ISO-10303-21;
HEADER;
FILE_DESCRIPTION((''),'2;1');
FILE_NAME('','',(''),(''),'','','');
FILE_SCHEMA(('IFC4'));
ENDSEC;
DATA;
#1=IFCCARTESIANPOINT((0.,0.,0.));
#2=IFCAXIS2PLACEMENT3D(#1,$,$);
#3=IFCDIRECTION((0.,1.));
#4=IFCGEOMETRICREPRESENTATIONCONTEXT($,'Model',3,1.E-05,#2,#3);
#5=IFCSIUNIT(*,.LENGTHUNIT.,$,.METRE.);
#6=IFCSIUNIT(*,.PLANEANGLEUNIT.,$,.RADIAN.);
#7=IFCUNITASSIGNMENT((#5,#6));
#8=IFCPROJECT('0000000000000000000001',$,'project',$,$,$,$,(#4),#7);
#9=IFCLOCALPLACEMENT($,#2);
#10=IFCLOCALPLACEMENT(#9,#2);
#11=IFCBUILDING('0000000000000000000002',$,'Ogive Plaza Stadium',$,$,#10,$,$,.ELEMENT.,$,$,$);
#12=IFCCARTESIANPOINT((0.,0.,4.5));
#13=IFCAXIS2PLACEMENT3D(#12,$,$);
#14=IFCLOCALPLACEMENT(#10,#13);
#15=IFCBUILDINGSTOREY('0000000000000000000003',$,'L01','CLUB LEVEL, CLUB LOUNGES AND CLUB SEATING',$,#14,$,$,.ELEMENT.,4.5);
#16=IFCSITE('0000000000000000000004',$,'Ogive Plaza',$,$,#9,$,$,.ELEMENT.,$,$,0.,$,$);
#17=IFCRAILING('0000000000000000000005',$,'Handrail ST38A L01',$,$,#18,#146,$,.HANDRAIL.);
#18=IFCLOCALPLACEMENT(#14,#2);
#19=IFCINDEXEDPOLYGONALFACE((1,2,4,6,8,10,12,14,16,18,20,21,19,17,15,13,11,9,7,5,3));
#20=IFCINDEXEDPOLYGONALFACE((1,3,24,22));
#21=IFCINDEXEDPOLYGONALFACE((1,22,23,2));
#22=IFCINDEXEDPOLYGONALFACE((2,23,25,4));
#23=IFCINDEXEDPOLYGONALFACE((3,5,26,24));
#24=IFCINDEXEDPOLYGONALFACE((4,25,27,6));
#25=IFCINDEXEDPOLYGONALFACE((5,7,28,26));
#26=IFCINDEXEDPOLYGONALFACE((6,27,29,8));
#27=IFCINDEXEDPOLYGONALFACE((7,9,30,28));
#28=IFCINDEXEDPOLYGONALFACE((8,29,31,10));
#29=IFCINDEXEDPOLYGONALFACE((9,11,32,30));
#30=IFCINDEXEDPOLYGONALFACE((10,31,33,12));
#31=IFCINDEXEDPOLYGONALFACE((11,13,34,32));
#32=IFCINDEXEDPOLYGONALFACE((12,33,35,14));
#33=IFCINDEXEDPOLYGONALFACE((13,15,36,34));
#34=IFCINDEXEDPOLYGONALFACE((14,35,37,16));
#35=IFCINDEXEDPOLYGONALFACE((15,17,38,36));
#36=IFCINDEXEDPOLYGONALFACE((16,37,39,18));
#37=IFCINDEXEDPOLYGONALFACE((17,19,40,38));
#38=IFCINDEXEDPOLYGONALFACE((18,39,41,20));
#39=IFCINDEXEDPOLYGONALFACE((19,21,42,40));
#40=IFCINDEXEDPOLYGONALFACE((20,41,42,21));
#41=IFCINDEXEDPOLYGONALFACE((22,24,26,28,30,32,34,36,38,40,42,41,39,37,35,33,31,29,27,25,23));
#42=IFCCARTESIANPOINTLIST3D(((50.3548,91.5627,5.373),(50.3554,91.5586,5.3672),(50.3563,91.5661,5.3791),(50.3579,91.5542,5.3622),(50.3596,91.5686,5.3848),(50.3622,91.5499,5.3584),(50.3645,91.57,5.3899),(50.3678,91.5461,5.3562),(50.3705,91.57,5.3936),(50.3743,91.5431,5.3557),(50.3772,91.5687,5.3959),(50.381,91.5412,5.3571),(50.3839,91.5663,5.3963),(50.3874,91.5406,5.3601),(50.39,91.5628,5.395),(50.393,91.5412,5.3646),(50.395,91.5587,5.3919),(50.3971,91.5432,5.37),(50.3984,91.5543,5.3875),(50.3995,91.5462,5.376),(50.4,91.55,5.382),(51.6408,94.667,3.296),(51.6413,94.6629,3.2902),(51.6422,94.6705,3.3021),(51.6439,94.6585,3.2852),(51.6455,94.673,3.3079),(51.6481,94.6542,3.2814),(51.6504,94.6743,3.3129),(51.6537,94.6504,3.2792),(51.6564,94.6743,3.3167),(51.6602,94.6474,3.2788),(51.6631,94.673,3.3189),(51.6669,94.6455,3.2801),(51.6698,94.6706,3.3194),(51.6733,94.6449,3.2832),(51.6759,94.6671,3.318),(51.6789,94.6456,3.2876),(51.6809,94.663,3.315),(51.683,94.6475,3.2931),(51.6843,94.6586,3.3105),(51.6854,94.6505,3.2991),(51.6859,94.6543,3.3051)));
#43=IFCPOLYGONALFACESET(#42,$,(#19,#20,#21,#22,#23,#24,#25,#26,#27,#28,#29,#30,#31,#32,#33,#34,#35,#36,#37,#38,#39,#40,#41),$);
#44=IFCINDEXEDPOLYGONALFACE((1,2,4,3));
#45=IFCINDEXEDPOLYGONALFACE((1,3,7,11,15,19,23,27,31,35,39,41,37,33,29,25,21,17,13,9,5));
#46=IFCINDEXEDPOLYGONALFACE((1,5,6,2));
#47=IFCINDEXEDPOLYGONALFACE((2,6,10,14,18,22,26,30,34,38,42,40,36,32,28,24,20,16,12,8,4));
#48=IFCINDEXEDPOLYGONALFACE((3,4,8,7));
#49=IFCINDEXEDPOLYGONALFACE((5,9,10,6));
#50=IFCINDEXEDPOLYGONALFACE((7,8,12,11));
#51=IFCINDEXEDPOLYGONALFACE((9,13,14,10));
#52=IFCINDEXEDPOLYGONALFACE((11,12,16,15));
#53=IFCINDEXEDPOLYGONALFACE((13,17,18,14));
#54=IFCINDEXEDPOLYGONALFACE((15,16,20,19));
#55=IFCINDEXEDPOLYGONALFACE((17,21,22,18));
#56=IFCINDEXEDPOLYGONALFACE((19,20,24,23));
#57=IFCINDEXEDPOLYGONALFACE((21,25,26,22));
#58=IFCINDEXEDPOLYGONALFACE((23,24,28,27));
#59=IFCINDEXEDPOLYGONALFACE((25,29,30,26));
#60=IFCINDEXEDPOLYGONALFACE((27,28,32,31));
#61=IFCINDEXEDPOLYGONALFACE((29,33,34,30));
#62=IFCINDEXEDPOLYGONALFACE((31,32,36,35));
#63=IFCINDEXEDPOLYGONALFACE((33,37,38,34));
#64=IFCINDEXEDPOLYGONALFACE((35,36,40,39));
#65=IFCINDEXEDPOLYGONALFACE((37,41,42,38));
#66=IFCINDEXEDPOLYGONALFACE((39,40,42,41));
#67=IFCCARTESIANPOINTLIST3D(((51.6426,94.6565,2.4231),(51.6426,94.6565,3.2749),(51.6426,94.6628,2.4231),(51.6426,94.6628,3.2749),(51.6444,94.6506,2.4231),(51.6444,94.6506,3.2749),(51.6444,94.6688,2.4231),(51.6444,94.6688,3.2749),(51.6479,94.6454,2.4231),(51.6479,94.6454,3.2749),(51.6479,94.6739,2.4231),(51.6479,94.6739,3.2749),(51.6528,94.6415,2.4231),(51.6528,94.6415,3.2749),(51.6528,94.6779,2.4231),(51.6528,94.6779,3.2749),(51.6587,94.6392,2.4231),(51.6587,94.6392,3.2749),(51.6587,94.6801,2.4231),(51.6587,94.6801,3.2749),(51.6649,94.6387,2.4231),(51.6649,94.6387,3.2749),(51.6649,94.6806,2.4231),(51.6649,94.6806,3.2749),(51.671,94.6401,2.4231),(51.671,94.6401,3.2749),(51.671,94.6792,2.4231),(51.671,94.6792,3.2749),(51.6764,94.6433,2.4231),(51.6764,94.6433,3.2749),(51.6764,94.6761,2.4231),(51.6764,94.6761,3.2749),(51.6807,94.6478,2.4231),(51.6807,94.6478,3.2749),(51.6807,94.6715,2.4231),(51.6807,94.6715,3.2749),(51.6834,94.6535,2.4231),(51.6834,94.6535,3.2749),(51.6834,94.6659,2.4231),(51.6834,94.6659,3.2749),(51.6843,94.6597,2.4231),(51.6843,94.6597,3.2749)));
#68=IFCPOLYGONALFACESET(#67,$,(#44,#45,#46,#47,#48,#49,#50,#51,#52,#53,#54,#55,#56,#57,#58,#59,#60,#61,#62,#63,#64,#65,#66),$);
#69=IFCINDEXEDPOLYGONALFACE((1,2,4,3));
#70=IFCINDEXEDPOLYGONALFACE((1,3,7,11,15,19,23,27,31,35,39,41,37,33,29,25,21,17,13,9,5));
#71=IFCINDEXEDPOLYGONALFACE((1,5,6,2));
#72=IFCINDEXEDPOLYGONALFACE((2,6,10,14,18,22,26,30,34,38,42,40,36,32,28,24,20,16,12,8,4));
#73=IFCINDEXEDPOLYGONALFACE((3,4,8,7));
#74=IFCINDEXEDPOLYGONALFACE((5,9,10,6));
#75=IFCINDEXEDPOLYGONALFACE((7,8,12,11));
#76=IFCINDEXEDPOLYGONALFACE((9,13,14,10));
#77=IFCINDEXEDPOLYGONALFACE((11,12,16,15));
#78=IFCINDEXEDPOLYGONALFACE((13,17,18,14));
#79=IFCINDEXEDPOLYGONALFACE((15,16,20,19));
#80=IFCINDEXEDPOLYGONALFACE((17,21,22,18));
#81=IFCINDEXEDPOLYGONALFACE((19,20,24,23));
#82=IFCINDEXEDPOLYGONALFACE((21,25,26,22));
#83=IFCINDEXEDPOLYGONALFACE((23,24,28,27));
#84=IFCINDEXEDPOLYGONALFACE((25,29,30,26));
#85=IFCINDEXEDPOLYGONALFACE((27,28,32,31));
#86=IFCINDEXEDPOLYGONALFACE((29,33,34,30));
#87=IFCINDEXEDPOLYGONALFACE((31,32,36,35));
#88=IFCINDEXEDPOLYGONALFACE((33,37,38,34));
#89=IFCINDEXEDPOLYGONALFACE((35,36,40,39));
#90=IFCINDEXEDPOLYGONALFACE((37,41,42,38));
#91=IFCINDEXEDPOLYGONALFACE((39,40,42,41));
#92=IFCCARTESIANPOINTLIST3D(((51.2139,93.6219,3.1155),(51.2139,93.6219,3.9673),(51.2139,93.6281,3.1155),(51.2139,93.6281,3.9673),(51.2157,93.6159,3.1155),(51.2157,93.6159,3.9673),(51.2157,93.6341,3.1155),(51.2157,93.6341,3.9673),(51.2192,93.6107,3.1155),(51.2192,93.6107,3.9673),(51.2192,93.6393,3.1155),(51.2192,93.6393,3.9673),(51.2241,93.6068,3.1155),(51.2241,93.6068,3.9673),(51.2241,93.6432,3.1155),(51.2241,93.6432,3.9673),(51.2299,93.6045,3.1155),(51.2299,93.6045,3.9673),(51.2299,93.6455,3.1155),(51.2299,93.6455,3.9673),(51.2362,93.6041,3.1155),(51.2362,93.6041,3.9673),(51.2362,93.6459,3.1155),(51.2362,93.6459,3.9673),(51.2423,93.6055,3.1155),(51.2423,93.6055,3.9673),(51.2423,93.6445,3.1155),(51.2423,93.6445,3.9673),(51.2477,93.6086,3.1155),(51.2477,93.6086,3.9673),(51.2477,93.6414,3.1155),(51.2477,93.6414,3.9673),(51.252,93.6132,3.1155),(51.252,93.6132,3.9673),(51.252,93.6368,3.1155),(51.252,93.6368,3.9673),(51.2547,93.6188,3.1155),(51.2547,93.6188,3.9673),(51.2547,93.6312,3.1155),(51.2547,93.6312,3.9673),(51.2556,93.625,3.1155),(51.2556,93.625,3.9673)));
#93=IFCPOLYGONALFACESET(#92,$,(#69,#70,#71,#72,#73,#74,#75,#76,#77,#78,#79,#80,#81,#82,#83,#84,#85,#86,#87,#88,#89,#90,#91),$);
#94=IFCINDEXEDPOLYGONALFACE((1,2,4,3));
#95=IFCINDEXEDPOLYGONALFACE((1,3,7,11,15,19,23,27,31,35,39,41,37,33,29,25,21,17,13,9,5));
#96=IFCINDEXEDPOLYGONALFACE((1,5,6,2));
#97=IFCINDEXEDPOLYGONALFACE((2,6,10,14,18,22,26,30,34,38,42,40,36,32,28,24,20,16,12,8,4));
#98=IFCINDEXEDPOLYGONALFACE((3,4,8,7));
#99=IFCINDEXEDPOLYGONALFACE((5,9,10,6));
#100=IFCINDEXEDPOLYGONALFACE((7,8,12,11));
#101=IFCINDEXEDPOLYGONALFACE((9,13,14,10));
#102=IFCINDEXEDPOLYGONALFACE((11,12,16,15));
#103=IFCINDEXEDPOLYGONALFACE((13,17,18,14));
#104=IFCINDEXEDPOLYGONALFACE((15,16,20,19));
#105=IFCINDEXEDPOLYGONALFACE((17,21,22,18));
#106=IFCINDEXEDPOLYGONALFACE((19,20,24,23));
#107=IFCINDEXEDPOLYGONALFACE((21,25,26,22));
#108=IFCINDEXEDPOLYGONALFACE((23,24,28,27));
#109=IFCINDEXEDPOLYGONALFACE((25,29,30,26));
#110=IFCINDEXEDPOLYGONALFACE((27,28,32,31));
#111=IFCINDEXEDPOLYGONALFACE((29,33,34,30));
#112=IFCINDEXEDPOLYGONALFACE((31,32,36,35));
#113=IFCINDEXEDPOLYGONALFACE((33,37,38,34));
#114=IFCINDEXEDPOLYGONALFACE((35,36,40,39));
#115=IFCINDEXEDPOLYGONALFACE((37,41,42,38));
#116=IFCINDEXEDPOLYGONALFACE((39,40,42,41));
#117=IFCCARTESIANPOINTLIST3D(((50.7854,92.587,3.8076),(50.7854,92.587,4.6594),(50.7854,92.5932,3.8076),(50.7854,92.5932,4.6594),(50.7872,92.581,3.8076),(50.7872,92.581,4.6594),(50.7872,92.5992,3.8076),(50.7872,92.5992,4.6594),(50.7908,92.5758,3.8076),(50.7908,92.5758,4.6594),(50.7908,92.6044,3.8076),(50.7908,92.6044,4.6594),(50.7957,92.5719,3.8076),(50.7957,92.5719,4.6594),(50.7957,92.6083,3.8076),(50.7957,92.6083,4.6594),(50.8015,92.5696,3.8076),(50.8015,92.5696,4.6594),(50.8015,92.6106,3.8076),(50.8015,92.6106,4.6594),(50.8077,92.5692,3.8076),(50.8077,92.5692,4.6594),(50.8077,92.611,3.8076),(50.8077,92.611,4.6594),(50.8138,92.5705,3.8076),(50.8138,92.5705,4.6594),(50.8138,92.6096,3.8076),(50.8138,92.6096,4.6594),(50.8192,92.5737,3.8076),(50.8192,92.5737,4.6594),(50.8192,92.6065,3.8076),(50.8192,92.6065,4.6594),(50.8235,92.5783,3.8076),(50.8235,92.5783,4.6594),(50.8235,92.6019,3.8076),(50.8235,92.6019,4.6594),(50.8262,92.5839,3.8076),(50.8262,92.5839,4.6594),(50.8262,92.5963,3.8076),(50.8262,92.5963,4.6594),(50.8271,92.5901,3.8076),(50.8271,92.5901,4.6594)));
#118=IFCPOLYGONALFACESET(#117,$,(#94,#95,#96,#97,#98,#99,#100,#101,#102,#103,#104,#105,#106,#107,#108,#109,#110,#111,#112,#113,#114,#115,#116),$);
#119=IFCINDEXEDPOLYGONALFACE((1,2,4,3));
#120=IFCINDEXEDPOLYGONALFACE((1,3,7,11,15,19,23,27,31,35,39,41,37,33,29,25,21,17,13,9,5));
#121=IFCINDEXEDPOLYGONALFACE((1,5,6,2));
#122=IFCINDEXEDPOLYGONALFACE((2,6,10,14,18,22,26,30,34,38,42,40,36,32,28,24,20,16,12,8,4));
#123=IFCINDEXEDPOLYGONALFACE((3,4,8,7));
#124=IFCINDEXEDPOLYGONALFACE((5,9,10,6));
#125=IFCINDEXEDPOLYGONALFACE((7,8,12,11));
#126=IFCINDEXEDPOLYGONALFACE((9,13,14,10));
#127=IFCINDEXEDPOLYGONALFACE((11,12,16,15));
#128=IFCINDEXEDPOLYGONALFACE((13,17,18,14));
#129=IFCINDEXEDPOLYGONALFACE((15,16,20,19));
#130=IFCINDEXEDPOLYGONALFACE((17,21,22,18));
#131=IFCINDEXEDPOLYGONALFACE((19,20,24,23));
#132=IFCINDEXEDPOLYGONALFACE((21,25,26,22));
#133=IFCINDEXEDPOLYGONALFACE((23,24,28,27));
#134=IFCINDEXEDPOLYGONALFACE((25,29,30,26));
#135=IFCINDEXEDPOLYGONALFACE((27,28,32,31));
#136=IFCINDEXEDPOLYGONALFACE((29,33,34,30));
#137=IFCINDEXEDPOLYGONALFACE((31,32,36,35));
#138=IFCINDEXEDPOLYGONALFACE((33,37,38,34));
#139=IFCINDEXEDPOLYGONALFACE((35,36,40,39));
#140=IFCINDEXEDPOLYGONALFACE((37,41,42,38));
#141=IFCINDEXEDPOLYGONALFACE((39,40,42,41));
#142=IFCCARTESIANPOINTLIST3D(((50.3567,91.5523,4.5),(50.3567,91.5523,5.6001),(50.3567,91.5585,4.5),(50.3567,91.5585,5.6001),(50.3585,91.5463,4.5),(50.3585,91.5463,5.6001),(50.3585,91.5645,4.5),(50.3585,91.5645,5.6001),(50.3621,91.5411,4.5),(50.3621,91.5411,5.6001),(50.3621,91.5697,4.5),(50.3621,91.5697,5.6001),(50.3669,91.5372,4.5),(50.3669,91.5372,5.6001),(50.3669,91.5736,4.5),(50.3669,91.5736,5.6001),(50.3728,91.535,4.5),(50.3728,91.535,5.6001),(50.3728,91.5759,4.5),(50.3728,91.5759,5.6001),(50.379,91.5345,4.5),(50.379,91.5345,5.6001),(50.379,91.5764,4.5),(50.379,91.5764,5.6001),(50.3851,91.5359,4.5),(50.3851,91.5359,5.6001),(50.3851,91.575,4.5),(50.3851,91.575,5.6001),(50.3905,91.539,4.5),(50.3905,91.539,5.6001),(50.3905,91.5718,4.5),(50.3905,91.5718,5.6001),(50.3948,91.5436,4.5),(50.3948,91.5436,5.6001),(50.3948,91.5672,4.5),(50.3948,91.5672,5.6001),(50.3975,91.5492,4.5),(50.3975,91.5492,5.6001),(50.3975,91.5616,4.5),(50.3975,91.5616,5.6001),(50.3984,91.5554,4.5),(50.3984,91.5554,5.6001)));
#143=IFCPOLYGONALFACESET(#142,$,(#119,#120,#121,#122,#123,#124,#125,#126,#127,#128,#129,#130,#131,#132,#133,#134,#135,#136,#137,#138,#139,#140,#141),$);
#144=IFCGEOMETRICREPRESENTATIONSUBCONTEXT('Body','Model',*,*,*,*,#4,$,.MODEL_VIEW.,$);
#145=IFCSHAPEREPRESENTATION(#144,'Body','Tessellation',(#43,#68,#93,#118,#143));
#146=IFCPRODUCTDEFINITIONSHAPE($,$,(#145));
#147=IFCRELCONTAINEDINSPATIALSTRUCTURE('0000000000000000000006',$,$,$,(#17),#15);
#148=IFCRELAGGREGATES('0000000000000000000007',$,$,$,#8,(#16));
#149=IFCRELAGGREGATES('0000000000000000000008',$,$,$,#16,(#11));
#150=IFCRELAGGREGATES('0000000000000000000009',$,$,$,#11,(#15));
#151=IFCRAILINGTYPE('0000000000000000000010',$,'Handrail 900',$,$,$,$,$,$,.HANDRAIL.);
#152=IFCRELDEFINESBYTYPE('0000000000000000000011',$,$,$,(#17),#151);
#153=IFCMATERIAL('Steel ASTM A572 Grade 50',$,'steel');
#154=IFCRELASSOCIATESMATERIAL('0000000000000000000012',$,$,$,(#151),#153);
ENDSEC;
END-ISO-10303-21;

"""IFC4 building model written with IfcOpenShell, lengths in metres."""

from ifc_helpers import new_model, si_unit, direction, frame, origin, origin_2d, place, context, subcontext, project, spatial, circle, extrude, material, type_object, element, save


model = new_model("IFC4")

# Units and contexts
model_context = context("Model", 3, precision=1e-05, world=origin(), true_north=direction((0.0, 1.0)))
body_context = subcontext(model_context, "Body", "Model", "MODEL_VIEW")
ifc_project = project(units=[si_unit("LENGTHUNIT", "METRE"), si_unit("PLANEANGLEUNIT", "RADIAN")], contexts=[model_context])

# Site, building, storey
site_placement = place(None, origin())
site = spatial("IfcSite", under=ifc_project, at=site_placement, Name="Ogive Plaza", CompositionType="ELEMENT", RefElevation=0.0)
building_placement = place(site_placement, origin())
building = spatial("IfcBuilding", under=site, at=building_placement, Name="Ogive Plaza Stadium", CompositionType="ELEMENT")
storey_placement = place(building_placement, frame((0.0, 0.0, 4.5)))
storey = spatial("IfcBuildingStorey", under=building, at=storey_placement, Name="L01", Description="CLUB LEVEL, CLUB LOUNGES AND CLUB SEATING", CompositionType="ELEMENT", Elevation=4.5)

# Railing
ifc_material_1 = material(Name="Steel ASTM A572 Grade 50", Category="steel")
railing_type_1 = type_object("IfcRailingType", Name="Handrail 900", PredefinedType="HANDRAIL", material=ifc_material_1)
for number, where, name in (
    (1, (51.6633, 94.6597, 2.4231), "Handrail ST38A L01"),
):
    element("IfcRailing", number, at=place(storey_placement, frame(where)), inside=storey, type_object=railing_type_1, Name=name, PredefinedType="HANDRAIL", context=body_context, shape_type="SweptSolid", body=[
        extrude(circle(Radius=0.0239, at=origin_2d()), frame((0.0, 0.0, 0.876), z_axis=(-0.325532, -0.785863, 0.525783), x_axis=(0.923872, -0.3827, 0.0)), (0.0, 0.0, 1.0), 3.9502),
        extrude(circle(Radius=0.021, at=origin_2d()), origin(), (0.0, 0.0, 1.0), 0.8518),
        extrude(circle(Radius=0.021, at=origin_2d()), frame((-0.4287, -1.0347, 0.6924)), (0.0, 0.0, 1.0), 0.8518),
        extrude(circle(Radius=0.021, at=origin_2d()), frame((-0.8572, -2.0696, 1.3845)), (0.0, 0.0, 1.0), 0.8518),
        extrude(circle(Radius=0.021, at=origin_2d()), frame((-1.2859, -3.1042, 2.0769)), (0.0, 0.0, 1.0), 1.1001),
    ])

save(model, "model.ifc")
